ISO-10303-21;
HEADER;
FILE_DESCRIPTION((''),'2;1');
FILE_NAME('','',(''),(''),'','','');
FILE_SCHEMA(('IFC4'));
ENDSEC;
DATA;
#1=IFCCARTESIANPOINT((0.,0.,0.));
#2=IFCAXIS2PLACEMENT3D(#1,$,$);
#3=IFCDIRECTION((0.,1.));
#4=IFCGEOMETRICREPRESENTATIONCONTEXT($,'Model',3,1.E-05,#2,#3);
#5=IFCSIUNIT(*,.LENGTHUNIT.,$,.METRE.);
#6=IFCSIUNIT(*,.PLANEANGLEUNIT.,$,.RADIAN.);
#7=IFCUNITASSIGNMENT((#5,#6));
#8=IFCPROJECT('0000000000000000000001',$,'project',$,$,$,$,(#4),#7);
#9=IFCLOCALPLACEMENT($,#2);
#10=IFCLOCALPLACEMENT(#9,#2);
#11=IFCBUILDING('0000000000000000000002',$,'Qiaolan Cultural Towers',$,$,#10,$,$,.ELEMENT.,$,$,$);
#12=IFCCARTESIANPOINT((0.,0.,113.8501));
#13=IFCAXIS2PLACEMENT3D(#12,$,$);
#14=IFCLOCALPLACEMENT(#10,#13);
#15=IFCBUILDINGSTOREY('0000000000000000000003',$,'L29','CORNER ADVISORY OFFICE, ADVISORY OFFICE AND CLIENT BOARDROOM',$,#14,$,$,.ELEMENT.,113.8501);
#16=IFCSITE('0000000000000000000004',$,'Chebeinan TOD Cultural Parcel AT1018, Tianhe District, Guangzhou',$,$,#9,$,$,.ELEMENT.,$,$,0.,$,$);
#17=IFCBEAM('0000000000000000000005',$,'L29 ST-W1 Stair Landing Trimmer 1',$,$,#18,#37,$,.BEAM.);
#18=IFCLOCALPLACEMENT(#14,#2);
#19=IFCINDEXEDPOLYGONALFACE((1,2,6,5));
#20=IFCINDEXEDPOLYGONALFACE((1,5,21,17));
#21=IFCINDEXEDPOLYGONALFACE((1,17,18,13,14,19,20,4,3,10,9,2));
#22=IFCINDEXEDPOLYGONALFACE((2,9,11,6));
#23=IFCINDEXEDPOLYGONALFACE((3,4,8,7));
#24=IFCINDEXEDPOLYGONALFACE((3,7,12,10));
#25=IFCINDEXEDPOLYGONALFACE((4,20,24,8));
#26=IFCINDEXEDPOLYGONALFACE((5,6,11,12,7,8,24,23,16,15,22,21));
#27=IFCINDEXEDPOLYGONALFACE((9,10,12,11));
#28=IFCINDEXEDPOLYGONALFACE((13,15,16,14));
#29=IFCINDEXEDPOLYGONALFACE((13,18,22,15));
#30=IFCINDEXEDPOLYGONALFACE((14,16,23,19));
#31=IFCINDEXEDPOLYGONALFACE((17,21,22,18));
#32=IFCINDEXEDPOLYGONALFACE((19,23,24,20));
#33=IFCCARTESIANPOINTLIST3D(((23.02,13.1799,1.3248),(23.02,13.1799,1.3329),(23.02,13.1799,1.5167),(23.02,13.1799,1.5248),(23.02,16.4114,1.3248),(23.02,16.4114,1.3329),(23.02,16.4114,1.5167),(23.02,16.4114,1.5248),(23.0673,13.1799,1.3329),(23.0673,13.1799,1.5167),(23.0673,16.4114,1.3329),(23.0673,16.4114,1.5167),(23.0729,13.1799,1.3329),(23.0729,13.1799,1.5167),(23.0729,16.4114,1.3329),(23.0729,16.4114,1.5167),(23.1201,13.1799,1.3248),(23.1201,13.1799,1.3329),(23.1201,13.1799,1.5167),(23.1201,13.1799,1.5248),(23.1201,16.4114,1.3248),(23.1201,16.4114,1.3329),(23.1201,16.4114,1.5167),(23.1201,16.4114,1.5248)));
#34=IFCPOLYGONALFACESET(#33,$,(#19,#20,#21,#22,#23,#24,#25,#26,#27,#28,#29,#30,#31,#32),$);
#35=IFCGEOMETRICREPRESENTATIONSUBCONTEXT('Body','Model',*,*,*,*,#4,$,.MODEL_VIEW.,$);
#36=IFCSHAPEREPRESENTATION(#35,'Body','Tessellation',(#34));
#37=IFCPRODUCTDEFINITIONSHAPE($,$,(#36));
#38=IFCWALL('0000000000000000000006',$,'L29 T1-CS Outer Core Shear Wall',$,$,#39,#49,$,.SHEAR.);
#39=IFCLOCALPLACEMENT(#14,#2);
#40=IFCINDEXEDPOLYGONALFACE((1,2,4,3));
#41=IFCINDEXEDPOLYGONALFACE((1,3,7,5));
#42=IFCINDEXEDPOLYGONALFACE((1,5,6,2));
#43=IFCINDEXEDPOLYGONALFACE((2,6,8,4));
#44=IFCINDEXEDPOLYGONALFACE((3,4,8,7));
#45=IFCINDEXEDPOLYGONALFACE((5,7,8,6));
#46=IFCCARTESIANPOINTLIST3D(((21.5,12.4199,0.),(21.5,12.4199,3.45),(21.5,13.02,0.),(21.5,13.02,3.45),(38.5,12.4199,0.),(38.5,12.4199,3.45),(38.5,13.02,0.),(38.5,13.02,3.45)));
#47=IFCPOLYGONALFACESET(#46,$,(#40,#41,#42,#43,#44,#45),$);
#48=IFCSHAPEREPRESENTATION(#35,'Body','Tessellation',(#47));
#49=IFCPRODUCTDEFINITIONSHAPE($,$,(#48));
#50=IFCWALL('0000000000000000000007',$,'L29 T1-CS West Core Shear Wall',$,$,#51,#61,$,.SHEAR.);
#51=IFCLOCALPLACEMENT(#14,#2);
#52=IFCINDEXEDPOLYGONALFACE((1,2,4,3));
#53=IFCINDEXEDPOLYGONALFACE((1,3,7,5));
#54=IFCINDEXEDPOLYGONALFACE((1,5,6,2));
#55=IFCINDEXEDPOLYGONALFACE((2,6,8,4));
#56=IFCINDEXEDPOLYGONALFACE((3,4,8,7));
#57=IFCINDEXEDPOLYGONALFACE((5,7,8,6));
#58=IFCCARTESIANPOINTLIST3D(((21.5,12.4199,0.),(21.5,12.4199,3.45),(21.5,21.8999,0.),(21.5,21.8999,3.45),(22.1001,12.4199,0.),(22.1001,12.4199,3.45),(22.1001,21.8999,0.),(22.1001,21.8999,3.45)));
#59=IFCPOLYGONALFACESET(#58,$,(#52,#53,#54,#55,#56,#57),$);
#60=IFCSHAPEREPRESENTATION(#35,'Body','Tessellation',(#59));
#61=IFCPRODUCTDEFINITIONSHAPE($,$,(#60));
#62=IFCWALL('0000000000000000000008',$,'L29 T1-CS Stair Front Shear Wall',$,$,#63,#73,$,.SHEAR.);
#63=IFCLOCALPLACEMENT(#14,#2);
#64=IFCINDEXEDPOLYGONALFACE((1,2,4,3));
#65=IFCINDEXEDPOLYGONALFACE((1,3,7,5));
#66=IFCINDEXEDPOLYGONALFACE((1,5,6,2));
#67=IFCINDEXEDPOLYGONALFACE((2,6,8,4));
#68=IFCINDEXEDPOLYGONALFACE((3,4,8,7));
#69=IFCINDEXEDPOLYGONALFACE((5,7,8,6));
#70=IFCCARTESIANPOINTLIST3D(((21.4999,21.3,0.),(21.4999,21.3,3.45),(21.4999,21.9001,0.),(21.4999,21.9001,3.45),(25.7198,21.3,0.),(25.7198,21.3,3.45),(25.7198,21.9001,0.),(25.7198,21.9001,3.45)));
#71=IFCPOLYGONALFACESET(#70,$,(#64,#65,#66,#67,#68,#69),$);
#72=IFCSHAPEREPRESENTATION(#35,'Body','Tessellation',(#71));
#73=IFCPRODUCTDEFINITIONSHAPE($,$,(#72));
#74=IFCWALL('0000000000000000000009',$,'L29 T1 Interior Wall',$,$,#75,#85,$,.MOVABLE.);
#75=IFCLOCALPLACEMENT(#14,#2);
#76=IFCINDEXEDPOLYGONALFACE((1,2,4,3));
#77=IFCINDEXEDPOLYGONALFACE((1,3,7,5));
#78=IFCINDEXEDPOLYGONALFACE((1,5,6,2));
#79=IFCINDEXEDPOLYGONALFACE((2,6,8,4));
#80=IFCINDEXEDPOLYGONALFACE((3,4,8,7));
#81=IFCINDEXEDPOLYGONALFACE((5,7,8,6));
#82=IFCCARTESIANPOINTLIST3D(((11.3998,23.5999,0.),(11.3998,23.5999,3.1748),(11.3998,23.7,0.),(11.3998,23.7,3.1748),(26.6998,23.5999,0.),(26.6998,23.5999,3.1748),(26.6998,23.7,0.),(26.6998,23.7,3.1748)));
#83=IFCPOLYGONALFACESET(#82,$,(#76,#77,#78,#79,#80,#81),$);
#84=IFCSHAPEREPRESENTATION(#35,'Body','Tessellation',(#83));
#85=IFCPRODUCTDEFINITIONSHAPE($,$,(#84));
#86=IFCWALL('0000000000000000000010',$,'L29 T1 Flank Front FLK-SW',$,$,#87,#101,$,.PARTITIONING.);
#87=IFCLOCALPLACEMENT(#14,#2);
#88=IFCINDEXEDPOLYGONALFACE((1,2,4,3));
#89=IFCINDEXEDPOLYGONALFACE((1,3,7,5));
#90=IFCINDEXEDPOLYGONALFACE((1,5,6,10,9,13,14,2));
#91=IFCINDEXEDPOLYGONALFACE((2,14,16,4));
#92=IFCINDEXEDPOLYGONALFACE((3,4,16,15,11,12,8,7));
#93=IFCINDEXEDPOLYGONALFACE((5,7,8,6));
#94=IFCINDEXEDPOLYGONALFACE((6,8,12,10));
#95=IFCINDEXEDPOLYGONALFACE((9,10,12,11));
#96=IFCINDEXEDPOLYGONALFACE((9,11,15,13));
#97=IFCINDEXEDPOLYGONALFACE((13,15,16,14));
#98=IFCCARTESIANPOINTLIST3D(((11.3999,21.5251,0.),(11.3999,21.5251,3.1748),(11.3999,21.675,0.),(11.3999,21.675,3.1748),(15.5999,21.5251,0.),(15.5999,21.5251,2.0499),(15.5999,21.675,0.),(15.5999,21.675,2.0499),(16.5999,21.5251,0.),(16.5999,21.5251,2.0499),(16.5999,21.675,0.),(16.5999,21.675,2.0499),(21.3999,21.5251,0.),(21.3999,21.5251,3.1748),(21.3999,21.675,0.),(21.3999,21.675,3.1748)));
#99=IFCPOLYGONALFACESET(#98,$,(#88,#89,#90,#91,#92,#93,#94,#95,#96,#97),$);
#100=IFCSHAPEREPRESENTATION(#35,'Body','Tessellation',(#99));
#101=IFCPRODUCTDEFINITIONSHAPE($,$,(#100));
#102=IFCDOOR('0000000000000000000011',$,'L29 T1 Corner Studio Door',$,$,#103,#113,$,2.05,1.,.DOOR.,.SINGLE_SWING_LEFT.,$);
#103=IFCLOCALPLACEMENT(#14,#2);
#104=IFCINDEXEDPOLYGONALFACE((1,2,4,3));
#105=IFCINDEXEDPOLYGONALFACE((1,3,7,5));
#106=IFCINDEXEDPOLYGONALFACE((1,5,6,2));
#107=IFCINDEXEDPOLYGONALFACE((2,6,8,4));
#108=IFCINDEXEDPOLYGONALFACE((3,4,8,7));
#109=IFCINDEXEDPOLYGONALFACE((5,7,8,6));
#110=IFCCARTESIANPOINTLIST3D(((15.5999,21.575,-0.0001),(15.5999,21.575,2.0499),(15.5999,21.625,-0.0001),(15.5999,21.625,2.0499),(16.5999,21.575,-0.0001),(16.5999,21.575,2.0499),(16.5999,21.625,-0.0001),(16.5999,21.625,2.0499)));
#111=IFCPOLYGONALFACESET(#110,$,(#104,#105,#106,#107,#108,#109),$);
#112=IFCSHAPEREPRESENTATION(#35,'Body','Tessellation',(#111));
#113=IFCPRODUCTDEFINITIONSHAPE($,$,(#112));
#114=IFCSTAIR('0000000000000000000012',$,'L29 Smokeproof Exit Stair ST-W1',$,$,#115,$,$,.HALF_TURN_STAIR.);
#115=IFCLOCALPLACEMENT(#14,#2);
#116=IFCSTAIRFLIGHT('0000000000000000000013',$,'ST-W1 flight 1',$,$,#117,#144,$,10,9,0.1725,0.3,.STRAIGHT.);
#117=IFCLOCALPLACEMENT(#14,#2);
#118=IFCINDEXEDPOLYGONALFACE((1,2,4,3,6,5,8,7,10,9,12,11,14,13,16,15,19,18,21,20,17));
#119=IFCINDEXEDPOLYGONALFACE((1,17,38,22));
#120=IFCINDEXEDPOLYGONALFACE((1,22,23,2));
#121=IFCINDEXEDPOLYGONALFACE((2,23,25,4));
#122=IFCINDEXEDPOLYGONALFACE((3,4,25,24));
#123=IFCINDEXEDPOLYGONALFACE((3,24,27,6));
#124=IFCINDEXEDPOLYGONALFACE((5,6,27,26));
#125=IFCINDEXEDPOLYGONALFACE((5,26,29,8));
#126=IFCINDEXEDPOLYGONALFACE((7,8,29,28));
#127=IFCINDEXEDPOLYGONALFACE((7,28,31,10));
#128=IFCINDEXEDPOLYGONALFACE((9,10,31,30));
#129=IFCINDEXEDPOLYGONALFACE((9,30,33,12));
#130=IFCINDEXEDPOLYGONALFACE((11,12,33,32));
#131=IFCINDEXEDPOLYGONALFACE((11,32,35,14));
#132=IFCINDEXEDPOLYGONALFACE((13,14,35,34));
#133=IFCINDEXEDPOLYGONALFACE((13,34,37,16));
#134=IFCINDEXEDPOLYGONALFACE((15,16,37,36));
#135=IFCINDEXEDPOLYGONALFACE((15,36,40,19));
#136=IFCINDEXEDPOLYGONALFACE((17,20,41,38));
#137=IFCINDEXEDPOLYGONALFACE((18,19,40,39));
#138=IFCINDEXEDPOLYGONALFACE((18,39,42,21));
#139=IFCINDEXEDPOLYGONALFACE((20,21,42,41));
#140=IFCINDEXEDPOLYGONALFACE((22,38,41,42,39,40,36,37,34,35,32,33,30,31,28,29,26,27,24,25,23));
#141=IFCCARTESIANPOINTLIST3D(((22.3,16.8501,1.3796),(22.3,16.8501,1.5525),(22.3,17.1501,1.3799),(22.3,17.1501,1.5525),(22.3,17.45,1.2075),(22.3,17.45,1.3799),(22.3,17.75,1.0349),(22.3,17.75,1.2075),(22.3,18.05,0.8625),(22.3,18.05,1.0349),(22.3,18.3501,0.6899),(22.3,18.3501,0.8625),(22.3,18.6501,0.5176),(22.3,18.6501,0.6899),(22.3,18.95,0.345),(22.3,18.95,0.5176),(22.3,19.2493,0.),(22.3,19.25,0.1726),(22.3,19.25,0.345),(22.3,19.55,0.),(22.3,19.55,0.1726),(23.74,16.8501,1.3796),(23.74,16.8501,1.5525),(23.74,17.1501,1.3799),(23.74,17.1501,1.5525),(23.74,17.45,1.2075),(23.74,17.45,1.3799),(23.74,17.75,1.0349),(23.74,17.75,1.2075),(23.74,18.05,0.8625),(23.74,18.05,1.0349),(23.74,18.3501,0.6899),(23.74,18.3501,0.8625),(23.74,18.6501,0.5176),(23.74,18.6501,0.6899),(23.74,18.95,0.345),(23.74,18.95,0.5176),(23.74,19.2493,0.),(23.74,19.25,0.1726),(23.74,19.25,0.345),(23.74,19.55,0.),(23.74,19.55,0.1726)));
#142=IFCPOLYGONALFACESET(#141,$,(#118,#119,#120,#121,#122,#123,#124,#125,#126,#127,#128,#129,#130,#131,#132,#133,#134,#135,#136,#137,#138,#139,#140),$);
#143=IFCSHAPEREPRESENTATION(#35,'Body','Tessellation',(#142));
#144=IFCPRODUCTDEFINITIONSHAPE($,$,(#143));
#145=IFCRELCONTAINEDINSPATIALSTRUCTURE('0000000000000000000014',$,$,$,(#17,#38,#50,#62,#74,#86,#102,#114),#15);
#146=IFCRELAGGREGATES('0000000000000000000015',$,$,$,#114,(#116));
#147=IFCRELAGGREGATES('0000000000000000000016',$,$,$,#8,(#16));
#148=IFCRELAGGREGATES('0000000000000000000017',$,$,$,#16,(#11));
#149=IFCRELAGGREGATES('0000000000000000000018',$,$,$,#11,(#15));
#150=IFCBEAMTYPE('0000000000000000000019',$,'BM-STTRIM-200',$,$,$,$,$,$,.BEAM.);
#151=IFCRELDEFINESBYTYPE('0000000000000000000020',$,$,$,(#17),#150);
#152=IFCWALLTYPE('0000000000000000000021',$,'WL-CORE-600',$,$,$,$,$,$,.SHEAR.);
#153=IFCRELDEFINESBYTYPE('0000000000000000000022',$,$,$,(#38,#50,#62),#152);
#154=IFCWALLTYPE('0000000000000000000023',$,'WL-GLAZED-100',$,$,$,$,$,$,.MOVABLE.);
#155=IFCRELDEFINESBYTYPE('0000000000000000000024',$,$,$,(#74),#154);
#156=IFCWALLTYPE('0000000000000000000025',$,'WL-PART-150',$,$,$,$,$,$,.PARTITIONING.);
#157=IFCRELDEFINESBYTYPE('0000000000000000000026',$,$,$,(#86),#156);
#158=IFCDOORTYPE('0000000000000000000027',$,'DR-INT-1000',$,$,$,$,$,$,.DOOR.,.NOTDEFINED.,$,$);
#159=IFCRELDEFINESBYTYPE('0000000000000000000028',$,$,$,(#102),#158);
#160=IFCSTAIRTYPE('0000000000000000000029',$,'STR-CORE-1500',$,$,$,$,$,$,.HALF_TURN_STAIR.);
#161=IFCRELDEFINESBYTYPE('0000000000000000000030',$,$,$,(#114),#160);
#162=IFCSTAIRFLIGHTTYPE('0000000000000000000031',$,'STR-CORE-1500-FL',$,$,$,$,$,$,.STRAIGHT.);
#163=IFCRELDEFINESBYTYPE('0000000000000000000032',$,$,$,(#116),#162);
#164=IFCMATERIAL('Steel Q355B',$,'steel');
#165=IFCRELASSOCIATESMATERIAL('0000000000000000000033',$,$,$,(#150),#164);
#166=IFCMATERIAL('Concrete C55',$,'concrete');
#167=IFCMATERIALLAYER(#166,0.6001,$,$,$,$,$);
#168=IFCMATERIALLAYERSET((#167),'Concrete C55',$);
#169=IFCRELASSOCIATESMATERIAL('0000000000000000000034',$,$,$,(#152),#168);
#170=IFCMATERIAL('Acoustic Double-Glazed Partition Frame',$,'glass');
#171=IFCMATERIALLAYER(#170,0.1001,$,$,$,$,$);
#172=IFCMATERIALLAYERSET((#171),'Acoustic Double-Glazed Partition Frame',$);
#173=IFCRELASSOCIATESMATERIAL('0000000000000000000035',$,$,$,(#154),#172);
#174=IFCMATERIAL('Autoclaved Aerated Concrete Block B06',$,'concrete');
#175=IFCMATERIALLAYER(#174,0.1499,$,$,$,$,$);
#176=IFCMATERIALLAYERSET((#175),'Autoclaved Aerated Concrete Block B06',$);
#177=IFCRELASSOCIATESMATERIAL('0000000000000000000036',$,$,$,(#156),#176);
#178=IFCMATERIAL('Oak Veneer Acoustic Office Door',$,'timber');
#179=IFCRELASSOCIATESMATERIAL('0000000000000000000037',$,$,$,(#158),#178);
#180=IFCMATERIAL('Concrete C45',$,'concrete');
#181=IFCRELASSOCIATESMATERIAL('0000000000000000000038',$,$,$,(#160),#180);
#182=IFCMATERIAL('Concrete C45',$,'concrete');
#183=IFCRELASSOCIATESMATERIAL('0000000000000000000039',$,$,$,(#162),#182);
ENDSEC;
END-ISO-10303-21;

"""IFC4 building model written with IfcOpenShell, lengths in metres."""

from ifc_helpers import new_model, si_unit, direction, frame, frame_2d, origin, origin_2d, place, context, subcontext, project, spatial, polyline, rectangle, i_section, outline, extrude, material, layer, layer_set, material_profile, profile_set, type_object, element, fill, aggregate, save


model = new_model("IFC4")

# Units and contexts
model_context = context("Model", 3, precision=1e-05, world=origin(), true_north=direction((0.0, 1.0)))
body_context = subcontext(model_context, "Body", "Model", "MODEL_VIEW")
ifc_project = project(units=[si_unit("LENGTHUNIT", "METRE"), si_unit("PLANEANGLEUNIT", "RADIAN")], contexts=[model_context])

# Site, building, storey
site_placement = place(None, origin())
site = spatial("IfcSite", under=ifc_project, at=site_placement, Name="Chebeinan TOD Cultural Parcel AT1018, Tianhe District, Guangzhou", CompositionType="ELEMENT", RefElevation=0.0)
building_placement = place(site_placement, origin())
building = spatial("IfcBuilding", under=site, at=building_placement, Name="Qiaolan Cultural Towers", CompositionType="ELEMENT")
storey_placement = place(building_placement, frame((0.0, 0.0, 113.8501)))
storey = spatial("IfcBuildingStorey", under=building, at=storey_placement, Name="L29", Description="CORNER ADVISORY OFFICE, ADVISORY OFFICE AND CLIENT BOARDROOM", CompositionType="ELEMENT", Elevation=113.8501)

# Beam
ifc_material_1 = material(Name="Steel Q355B", Category="steel")
ifc_material_profile_1 = material_profile(ifc_material_1, i_section(OverallWidth=0.1001, OverallDepth=0.2, WebThickness=0.0056, FlangeThickness=0.0081, at=origin_2d()), Name="HN200x100x5.5x8")
ifc_profile_set_1 = profile_set([ifc_material_profile_1], Name="Steel Q355B")
beam_type_1 = type_object("IfcBeamType", Name="BM-STTRIM-200", PredefinedType="BEAM", material=ifc_profile_set_1)
beam_1_placement = place(storey_placement, frame((23.0701, 16.4114, 1.4248), z_axis=(0.0, -1.0, 0.0), x_axis=(1.0, 0.0, 0.0)))
element("IfcBeam", 1, at=beam_1_placement, inside=storey, type_object=beam_type_1, Name="L29 ST-W1 Stair Landing Trimmer 1", PredefinedType="BEAM", context=body_context, shape_type="SweptSolid", body=[
    extrude(i_section(OverallWidth=0.1001, OverallDepth=0.2, WebThickness=0.0056, FlangeThickness=0.0081, at=origin_2d()), origin(), (0.0, 0.0, 1.0), 3.2314),
])

# Walls
ifc_material_2 = material(Name="Concrete C55", Category="concrete")
ifc_layer_1 = layer(ifc_material_2, 0.6001)
ifc_layer_set_1 = layer_set([ifc_layer_1], Name="Concrete C55")
wall_type_1 = type_object("IfcWallType", Name="WL-CORE-600", PredefinedType="SHEAR", material=ifc_layer_set_1)
wall_1_placement = place(storey_placement, frame((21.5, 12.72, 0.0), z_axis=(0.0, 0.0, 1.0), x_axis=(1.0, 0.0, 0.0)))
element("IfcWall", 2, at=wall_1_placement, inside=storey, type_object=wall_type_1, Name="L29 T1-CS Outer Core Shear Wall", PredefinedType="SHEAR", context=body_context, shape_type="SweptSolid", body=[
    extrude(rectangle(XDim=17.0, YDim=0.6001, at=frame_2d((8.5, 0.0))), origin(), (0.0, 0.0, 1.0), 3.45),
])
wall_2_placement = place(storey_placement, frame((21.8, 21.8999, 0.0), z_axis=(0.0, 0.0, 1.0), x_axis=(0.0, -1.0, 0.0)))
element("IfcWall", 3, at=wall_2_placement, inside=storey, type_object=wall_type_1, Name="L29 T1-CS West Core Shear Wall", PredefinedType="SHEAR", context=body_context, shape_type="SweptSolid", body=[
    extrude(rectangle(XDim=9.48, YDim=0.6001, at=frame_2d((4.74, 0.0))), origin(), (0.0, 0.0, 1.0), 3.45),
])
wall_3_placement = place(storey_placement, frame((21.5, 21.6001, 0.0), z_axis=(0.0, 0.0, 1.0), x_axis=(1.0, 0.0, 0.0)))
element("IfcWall", 4, at=wall_3_placement, inside=storey, type_object=wall_type_1, Name="L29 T1-CS Stair Front Shear Wall", PredefinedType="SHEAR", context=body_context, shape_type="SweptSolid", body=[
    extrude(rectangle(XDim=4.22, YDim=0.6001, at=frame_2d((2.1099, 0.0))), origin(), (0.0, 0.0, 1.0), 3.45),
])
ifc_material_3 = material(Name="Acoustic Double-Glazed Partition Frame", Category="glass")
ifc_layer_2 = layer(ifc_material_3, 0.1001)
ifc_layer_set_2 = layer_set([ifc_layer_2], Name="Acoustic Double-Glazed Partition Frame")
wall_type_2 = type_object("IfcWallType", Name="WL-GLAZED-100", PredefinedType="MOVABLE", material=ifc_layer_set_2)
wall_4_placement = place(storey_placement, frame((11.3999, 23.6499, 0.0), z_axis=(0.0, 0.0, 1.0), x_axis=(1.0, 0.0, 0.0)))
element("IfcWall", 5, at=wall_4_placement, inside=storey, type_object=wall_type_2, Name="L29 T1 Interior Wall", PredefinedType="MOVABLE", context=body_context, shape_type="SweptSolid", body=[
    extrude(rectangle(XDim=15.3, YDim=0.1001, at=frame_2d((7.6499, 0.0))), origin(), (0.0, 0.0, 1.0), 3.1748),
])

# Wall, opening, door
ifc_material_4 = material(Name="Autoclaved Aerated Concrete Block B06", Category="concrete")
ifc_layer_3 = layer(ifc_material_4, 0.1499)
ifc_layer_set_3 = layer_set([ifc_layer_3], Name="Autoclaved Aerated Concrete Block B06")
wall_type_3 = type_object("IfcWallType", Name="WL-PART-150", PredefinedType="PARTITIONING", material=ifc_layer_set_3)
wall_5_placement = place(storey_placement, frame((11.3999, 21.6001, 0.0), z_axis=(0.0, 0.0, 1.0), x_axis=(1.0, 0.0, 0.0)))
wall_5 = element("IfcWall", 6, at=wall_5_placement, inside=storey, type_object=wall_type_3, Name="L29 T1 Flank Front FLK-SW", PredefinedType="PARTITIONING", context=body_context, shape_type="SweptSolid", body=[
    extrude(rectangle(XDim=10.0, YDim=0.1499, at=frame_2d((5.0, 0.0))), origin(), (0.0, 0.0, 1.0), 3.1748),
])
opening_placement = place(wall_5_placement, frame((4.2, 0.0, 0.0)))
opening = element("IfcOpeningElement", 7, at=opening_placement, cuts=wall_5, PredefinedType="OPENING", context=body_context, shape_type="SweptSolid", body=[
    extrude(rectangle(XDim=1.0, YDim=2.05, at=frame_2d((0.5, 1.0249))), frame((0.0, 0.085, 0.0), z_axis=(0.0, -1.0, 0.0), x_axis=(1.0, 0.0, 0.0)), (0.0, 0.0, 1.0), 0.1699),
])
ifc_material_5 = material(Name="Oak Veneer Acoustic Office Door", Category="timber")
door_type = type_object("IfcDoorType", Name="DR-INT-1000", OperationType="NOTDEFINED", PredefinedType="DOOR", material=ifc_material_5)
door_placement = place(opening_placement, origin())
door = element("IfcDoor", 8, at=door_placement, inside=storey, type_object=door_type, Name="L29 T1 Corner Studio Door", OperationType="SINGLE_SWING_LEFT", OverallHeight=2.05, OverallWidth=1.0, PredefinedType="DOOR", context=body_context, shape_type="SweptSolid", body=[
    extrude(rectangle(XDim=1.0, YDim=2.05, at=frame_2d((0.5, 1.0249))), frame((0.0, 0.0249, 0.0), z_axis=(0.0, -1.0, 0.0), x_axis=(1.0, 0.0, 0.0)), (0.0, 0.0, 1.0), 0.05),
])
fill(opening, door)

# Stair, stair flight
ifc_material_6 = material(Name="Concrete C45", Category="concrete")
stair_type = type_object("IfcStairType", Name="STR-CORE-1500", PredefinedType="HALF_TURN_STAIR", material=ifc_material_6)
stair_placement = place(storey_placement, origin())
stair = element("IfcStair", 9, at=stair_placement, inside=storey, type_object=stair_type, Name="L29 Smokeproof Exit Stair ST-W1", PredefinedType="HALF_TURN_STAIR")
ifc_material_7 = material(Name="Concrete C45", Category="concrete")
stair_flight_type = type_object("IfcStairFlightType", Name="STR-CORE-1500-FL", PredefinedType="STRAIGHT", material=ifc_material_7)
stair_flight_placement = place(storey_placement, frame((23.02, 19.55, 0.0), z_axis=(0.0, 0.0, 1.0), x_axis=(0.0, -1.0, 0.0)))
stair_flight = element("IfcStairFlight", 10, at=stair_flight_placement, type_object=stair_flight_type, Name="ST-W1 flight 1", NumberOfRisers=10, NumberOfTreads=9, PredefinedType="STRAIGHT", RiserHeight=0.1725, TreadLength=0.3, context=body_context, shape_type="SweptSolid", body=[
    extrude(outline(polyline([(0.0, 0.0), (0.0, 0.1726), (0.3, 0.1726), (0.3, 0.345), (0.6001, 0.345), (0.6001, 0.5176), (0.8999, 0.5176), (0.8999, 0.6899), (1.2, 0.6899), (1.2, 0.8625), (1.5, 0.8625), (1.5, 1.0349), (1.8, 1.0349), (1.8, 1.2075), (2.1001, 1.2075), (2.1001, 1.3799), (2.3999, 1.3799), (2.3999, 1.5525), (2.7, 1.5525), (2.7, 1.7251), (2.7, 1.3796), (0.3008, 0.0), (0.0, 0.0)])), frame((0.0, 0.72, 0.0), z_axis=(0.0, -1.0, 0.0), x_axis=(1.0, 0.0, 0.0)), (0.0, 0.0, 1.0), 1.4399),
])
aggregate(stair, [stair_flight])

save(model, "model.ifc")
